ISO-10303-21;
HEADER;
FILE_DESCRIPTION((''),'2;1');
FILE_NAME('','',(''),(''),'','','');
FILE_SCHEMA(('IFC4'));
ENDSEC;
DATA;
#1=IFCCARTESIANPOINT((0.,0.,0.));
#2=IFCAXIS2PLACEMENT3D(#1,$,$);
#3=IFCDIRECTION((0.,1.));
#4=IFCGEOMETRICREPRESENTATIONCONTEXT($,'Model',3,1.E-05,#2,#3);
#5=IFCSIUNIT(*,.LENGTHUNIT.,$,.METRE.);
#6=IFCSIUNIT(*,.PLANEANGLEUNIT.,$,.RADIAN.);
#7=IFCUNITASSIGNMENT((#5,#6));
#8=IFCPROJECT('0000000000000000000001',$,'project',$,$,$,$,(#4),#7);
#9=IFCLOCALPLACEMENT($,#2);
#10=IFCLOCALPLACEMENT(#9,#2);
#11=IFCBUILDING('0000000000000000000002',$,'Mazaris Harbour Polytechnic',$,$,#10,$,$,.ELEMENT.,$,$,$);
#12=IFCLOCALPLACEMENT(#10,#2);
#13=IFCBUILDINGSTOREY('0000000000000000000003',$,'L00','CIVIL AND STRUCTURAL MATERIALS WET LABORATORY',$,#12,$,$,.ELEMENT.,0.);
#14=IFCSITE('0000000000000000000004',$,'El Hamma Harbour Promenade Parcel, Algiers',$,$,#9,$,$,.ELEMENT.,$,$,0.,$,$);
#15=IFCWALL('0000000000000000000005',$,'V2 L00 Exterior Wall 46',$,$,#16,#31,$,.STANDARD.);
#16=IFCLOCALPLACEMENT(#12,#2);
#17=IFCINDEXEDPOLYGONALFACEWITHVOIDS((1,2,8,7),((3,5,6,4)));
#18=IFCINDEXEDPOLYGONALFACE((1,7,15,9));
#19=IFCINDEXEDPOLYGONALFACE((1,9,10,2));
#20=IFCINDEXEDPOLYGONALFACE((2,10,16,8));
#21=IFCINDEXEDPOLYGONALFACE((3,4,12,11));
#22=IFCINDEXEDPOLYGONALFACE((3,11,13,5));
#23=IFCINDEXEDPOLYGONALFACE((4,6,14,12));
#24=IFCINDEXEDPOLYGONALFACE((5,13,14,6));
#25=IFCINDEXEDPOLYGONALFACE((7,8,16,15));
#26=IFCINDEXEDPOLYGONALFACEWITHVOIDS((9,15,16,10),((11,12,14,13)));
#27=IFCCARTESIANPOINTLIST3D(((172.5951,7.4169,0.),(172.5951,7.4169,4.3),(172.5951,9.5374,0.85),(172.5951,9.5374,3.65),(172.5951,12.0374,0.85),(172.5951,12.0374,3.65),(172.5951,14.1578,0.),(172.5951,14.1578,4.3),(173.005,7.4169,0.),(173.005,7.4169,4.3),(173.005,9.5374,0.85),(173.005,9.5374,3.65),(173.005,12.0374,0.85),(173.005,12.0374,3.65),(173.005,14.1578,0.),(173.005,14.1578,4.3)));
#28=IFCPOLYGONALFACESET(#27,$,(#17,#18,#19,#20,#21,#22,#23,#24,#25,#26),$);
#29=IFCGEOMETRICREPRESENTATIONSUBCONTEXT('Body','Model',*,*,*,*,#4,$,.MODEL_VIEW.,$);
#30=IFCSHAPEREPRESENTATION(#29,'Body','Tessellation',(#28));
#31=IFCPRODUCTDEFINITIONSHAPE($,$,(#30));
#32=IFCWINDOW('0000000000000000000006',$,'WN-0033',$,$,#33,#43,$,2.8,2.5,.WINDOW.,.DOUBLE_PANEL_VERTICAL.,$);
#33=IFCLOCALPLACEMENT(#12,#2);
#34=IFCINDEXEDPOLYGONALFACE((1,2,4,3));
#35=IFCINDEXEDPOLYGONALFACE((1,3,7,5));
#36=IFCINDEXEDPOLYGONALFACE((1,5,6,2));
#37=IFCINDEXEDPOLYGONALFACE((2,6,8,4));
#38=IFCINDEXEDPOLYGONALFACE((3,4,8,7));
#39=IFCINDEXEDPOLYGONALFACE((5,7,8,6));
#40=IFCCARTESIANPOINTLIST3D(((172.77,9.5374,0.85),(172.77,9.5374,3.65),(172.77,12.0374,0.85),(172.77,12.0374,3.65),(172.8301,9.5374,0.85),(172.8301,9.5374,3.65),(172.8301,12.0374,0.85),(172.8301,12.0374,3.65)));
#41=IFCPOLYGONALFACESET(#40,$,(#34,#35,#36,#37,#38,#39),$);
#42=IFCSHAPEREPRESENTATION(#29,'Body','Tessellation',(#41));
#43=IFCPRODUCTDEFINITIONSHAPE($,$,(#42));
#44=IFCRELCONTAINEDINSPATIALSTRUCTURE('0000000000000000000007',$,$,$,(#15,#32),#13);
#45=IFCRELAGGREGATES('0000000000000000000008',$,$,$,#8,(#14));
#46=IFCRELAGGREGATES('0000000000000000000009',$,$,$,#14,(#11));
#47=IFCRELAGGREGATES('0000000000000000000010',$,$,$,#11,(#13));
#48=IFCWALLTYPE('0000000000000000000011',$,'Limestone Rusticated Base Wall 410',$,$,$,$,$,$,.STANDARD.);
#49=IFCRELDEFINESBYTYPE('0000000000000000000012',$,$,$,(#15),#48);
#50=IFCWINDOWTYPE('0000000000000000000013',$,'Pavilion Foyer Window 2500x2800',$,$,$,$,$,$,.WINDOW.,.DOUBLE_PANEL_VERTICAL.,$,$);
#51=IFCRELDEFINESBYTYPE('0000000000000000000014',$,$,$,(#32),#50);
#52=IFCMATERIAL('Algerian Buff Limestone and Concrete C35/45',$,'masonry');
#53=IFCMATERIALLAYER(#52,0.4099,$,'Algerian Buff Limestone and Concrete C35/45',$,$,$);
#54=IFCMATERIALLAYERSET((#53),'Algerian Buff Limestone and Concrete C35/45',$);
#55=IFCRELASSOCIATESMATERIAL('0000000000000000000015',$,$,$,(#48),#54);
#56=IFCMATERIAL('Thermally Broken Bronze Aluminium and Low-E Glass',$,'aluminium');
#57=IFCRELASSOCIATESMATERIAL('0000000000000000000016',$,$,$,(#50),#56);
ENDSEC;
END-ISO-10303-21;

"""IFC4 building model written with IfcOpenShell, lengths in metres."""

from ifc_helpers import new_model, si_unit, direction, frame, frame_2d, origin, place, context, subcontext, project, spatial, rectangle, extrude, material, layer, layer_set, type_object, element, fill, save


model = new_model("IFC4")

# Units and contexts
model_context = context("Model", 3, precision=1e-05, world=origin(), true_north=direction((0.0, 1.0)))
body_context = subcontext(model_context, "Body", "Model", "MODEL_VIEW")
ifc_project = project(units=[si_unit("LENGTHUNIT", "METRE"), si_unit("PLANEANGLEUNIT", "RADIAN")], contexts=[model_context])

# Site, building, storey
site_placement = place(None, origin())
site = spatial("IfcSite", under=ifc_project, at=site_placement, Name="El Hamma Harbour Promenade Parcel, Algiers", CompositionType="ELEMENT", RefElevation=0.0)
building_placement = place(site_placement, origin())
building = spatial("IfcBuilding", under=site, at=building_placement, Name="Mazaris Harbour Polytechnic", CompositionType="ELEMENT")
storey_placement = place(building_placement, origin())
storey = spatial("IfcBuildingStorey", under=building, at=storey_placement, Name="L00", Description="CIVIL AND STRUCTURAL MATERIALS WET LABORATORY", CompositionType="ELEMENT", Elevation=0.0)

# Wall, opening, window
ifc_material_1 = material(Name="Algerian Buff Limestone and Concrete C35/45", Category="masonry")
ifc_layer_1 = layer(ifc_material_1, 0.4099, Name="Algerian Buff Limestone and Concrete C35/45")
ifc_layer_set_1 = layer_set([ifc_layer_1], Name="Algerian Buff Limestone and Concrete C35/45")
wall_type_1 = type_object("IfcWallType", Name="Limestone Rusticated Base Wall 410", PredefinedType="STANDARD", material=ifc_layer_set_1)
ifc_material_2 = material(Name="Thermally Broken Bronze Aluminium and Low-E Glass", Category="aluminium")
window_type = type_object("IfcWindowType", Name="Pavilion Foyer Window 2500x2800", PartitioningType="DOUBLE_PANEL_VERTICAL", PredefinedType="WINDOW", material=ifc_material_2)
wall_1_placement = place(storey_placement, frame((172.8, 14.158, 0.0), z_axis=(0.0, 0.0, 1.0), x_axis=(0.0, -1.0, 0.0)))
wall_1 = element("IfcWall", 1, at=wall_1_placement, inside=storey, type_object=wall_type_1, Name="V2 L00 Exterior Wall 46", PredefinedType="STANDARD", context=body_context, shape_type="SweptSolid", body=[
    extrude(rectangle(XDim=6.741, YDim=0.4099, at=frame_2d((3.3706, 0.0))), origin(), (0.0, 0.0, 1.0), 4.3),
])
opening_1_placement = place(wall_1_placement, frame((2.1206, 0.0, 0.8501)))
opening_1 = element("IfcOpeningElement", 2, at=opening_1_placement, cuts=wall_1, PredefinedType="OPENING", context=body_context, shape_type="SweptSolid", body=[
    extrude(rectangle(XDim=2.5, YDim=2.8, at=frame_2d((1.25, 1.3999))), frame((0.0, 0.2148, 0.0), z_axis=(0.0, -1.0, 0.0), x_axis=(1.0, 0.0, 0.0)), (0.0, 0.0, 1.0), 0.4299),
])
window_1_placement = place(opening_1_placement, origin())
window_1 = element("IfcWindow", 3, at=window_1_placement, inside=storey, type_object=window_type, Name="WN-0033", OverallHeight=2.8, OverallWidth=2.5, PartitioningType="DOUBLE_PANEL_VERTICAL", PredefinedType="WINDOW", context=body_context, shape_type="SweptSolid", body=[
    extrude(rectangle(XDim=2.5, YDim=2.8, at=frame_2d((1.25, 1.3999))), frame((0.0, 0.03, 0.0), z_axis=(0.0, -1.0, 0.0), x_axis=(1.0, 0.0, 0.0)), (0.0, 0.0, 1.0), 0.0601),
])
fill(opening_1, window_1)

save(model, "model.ifc")
